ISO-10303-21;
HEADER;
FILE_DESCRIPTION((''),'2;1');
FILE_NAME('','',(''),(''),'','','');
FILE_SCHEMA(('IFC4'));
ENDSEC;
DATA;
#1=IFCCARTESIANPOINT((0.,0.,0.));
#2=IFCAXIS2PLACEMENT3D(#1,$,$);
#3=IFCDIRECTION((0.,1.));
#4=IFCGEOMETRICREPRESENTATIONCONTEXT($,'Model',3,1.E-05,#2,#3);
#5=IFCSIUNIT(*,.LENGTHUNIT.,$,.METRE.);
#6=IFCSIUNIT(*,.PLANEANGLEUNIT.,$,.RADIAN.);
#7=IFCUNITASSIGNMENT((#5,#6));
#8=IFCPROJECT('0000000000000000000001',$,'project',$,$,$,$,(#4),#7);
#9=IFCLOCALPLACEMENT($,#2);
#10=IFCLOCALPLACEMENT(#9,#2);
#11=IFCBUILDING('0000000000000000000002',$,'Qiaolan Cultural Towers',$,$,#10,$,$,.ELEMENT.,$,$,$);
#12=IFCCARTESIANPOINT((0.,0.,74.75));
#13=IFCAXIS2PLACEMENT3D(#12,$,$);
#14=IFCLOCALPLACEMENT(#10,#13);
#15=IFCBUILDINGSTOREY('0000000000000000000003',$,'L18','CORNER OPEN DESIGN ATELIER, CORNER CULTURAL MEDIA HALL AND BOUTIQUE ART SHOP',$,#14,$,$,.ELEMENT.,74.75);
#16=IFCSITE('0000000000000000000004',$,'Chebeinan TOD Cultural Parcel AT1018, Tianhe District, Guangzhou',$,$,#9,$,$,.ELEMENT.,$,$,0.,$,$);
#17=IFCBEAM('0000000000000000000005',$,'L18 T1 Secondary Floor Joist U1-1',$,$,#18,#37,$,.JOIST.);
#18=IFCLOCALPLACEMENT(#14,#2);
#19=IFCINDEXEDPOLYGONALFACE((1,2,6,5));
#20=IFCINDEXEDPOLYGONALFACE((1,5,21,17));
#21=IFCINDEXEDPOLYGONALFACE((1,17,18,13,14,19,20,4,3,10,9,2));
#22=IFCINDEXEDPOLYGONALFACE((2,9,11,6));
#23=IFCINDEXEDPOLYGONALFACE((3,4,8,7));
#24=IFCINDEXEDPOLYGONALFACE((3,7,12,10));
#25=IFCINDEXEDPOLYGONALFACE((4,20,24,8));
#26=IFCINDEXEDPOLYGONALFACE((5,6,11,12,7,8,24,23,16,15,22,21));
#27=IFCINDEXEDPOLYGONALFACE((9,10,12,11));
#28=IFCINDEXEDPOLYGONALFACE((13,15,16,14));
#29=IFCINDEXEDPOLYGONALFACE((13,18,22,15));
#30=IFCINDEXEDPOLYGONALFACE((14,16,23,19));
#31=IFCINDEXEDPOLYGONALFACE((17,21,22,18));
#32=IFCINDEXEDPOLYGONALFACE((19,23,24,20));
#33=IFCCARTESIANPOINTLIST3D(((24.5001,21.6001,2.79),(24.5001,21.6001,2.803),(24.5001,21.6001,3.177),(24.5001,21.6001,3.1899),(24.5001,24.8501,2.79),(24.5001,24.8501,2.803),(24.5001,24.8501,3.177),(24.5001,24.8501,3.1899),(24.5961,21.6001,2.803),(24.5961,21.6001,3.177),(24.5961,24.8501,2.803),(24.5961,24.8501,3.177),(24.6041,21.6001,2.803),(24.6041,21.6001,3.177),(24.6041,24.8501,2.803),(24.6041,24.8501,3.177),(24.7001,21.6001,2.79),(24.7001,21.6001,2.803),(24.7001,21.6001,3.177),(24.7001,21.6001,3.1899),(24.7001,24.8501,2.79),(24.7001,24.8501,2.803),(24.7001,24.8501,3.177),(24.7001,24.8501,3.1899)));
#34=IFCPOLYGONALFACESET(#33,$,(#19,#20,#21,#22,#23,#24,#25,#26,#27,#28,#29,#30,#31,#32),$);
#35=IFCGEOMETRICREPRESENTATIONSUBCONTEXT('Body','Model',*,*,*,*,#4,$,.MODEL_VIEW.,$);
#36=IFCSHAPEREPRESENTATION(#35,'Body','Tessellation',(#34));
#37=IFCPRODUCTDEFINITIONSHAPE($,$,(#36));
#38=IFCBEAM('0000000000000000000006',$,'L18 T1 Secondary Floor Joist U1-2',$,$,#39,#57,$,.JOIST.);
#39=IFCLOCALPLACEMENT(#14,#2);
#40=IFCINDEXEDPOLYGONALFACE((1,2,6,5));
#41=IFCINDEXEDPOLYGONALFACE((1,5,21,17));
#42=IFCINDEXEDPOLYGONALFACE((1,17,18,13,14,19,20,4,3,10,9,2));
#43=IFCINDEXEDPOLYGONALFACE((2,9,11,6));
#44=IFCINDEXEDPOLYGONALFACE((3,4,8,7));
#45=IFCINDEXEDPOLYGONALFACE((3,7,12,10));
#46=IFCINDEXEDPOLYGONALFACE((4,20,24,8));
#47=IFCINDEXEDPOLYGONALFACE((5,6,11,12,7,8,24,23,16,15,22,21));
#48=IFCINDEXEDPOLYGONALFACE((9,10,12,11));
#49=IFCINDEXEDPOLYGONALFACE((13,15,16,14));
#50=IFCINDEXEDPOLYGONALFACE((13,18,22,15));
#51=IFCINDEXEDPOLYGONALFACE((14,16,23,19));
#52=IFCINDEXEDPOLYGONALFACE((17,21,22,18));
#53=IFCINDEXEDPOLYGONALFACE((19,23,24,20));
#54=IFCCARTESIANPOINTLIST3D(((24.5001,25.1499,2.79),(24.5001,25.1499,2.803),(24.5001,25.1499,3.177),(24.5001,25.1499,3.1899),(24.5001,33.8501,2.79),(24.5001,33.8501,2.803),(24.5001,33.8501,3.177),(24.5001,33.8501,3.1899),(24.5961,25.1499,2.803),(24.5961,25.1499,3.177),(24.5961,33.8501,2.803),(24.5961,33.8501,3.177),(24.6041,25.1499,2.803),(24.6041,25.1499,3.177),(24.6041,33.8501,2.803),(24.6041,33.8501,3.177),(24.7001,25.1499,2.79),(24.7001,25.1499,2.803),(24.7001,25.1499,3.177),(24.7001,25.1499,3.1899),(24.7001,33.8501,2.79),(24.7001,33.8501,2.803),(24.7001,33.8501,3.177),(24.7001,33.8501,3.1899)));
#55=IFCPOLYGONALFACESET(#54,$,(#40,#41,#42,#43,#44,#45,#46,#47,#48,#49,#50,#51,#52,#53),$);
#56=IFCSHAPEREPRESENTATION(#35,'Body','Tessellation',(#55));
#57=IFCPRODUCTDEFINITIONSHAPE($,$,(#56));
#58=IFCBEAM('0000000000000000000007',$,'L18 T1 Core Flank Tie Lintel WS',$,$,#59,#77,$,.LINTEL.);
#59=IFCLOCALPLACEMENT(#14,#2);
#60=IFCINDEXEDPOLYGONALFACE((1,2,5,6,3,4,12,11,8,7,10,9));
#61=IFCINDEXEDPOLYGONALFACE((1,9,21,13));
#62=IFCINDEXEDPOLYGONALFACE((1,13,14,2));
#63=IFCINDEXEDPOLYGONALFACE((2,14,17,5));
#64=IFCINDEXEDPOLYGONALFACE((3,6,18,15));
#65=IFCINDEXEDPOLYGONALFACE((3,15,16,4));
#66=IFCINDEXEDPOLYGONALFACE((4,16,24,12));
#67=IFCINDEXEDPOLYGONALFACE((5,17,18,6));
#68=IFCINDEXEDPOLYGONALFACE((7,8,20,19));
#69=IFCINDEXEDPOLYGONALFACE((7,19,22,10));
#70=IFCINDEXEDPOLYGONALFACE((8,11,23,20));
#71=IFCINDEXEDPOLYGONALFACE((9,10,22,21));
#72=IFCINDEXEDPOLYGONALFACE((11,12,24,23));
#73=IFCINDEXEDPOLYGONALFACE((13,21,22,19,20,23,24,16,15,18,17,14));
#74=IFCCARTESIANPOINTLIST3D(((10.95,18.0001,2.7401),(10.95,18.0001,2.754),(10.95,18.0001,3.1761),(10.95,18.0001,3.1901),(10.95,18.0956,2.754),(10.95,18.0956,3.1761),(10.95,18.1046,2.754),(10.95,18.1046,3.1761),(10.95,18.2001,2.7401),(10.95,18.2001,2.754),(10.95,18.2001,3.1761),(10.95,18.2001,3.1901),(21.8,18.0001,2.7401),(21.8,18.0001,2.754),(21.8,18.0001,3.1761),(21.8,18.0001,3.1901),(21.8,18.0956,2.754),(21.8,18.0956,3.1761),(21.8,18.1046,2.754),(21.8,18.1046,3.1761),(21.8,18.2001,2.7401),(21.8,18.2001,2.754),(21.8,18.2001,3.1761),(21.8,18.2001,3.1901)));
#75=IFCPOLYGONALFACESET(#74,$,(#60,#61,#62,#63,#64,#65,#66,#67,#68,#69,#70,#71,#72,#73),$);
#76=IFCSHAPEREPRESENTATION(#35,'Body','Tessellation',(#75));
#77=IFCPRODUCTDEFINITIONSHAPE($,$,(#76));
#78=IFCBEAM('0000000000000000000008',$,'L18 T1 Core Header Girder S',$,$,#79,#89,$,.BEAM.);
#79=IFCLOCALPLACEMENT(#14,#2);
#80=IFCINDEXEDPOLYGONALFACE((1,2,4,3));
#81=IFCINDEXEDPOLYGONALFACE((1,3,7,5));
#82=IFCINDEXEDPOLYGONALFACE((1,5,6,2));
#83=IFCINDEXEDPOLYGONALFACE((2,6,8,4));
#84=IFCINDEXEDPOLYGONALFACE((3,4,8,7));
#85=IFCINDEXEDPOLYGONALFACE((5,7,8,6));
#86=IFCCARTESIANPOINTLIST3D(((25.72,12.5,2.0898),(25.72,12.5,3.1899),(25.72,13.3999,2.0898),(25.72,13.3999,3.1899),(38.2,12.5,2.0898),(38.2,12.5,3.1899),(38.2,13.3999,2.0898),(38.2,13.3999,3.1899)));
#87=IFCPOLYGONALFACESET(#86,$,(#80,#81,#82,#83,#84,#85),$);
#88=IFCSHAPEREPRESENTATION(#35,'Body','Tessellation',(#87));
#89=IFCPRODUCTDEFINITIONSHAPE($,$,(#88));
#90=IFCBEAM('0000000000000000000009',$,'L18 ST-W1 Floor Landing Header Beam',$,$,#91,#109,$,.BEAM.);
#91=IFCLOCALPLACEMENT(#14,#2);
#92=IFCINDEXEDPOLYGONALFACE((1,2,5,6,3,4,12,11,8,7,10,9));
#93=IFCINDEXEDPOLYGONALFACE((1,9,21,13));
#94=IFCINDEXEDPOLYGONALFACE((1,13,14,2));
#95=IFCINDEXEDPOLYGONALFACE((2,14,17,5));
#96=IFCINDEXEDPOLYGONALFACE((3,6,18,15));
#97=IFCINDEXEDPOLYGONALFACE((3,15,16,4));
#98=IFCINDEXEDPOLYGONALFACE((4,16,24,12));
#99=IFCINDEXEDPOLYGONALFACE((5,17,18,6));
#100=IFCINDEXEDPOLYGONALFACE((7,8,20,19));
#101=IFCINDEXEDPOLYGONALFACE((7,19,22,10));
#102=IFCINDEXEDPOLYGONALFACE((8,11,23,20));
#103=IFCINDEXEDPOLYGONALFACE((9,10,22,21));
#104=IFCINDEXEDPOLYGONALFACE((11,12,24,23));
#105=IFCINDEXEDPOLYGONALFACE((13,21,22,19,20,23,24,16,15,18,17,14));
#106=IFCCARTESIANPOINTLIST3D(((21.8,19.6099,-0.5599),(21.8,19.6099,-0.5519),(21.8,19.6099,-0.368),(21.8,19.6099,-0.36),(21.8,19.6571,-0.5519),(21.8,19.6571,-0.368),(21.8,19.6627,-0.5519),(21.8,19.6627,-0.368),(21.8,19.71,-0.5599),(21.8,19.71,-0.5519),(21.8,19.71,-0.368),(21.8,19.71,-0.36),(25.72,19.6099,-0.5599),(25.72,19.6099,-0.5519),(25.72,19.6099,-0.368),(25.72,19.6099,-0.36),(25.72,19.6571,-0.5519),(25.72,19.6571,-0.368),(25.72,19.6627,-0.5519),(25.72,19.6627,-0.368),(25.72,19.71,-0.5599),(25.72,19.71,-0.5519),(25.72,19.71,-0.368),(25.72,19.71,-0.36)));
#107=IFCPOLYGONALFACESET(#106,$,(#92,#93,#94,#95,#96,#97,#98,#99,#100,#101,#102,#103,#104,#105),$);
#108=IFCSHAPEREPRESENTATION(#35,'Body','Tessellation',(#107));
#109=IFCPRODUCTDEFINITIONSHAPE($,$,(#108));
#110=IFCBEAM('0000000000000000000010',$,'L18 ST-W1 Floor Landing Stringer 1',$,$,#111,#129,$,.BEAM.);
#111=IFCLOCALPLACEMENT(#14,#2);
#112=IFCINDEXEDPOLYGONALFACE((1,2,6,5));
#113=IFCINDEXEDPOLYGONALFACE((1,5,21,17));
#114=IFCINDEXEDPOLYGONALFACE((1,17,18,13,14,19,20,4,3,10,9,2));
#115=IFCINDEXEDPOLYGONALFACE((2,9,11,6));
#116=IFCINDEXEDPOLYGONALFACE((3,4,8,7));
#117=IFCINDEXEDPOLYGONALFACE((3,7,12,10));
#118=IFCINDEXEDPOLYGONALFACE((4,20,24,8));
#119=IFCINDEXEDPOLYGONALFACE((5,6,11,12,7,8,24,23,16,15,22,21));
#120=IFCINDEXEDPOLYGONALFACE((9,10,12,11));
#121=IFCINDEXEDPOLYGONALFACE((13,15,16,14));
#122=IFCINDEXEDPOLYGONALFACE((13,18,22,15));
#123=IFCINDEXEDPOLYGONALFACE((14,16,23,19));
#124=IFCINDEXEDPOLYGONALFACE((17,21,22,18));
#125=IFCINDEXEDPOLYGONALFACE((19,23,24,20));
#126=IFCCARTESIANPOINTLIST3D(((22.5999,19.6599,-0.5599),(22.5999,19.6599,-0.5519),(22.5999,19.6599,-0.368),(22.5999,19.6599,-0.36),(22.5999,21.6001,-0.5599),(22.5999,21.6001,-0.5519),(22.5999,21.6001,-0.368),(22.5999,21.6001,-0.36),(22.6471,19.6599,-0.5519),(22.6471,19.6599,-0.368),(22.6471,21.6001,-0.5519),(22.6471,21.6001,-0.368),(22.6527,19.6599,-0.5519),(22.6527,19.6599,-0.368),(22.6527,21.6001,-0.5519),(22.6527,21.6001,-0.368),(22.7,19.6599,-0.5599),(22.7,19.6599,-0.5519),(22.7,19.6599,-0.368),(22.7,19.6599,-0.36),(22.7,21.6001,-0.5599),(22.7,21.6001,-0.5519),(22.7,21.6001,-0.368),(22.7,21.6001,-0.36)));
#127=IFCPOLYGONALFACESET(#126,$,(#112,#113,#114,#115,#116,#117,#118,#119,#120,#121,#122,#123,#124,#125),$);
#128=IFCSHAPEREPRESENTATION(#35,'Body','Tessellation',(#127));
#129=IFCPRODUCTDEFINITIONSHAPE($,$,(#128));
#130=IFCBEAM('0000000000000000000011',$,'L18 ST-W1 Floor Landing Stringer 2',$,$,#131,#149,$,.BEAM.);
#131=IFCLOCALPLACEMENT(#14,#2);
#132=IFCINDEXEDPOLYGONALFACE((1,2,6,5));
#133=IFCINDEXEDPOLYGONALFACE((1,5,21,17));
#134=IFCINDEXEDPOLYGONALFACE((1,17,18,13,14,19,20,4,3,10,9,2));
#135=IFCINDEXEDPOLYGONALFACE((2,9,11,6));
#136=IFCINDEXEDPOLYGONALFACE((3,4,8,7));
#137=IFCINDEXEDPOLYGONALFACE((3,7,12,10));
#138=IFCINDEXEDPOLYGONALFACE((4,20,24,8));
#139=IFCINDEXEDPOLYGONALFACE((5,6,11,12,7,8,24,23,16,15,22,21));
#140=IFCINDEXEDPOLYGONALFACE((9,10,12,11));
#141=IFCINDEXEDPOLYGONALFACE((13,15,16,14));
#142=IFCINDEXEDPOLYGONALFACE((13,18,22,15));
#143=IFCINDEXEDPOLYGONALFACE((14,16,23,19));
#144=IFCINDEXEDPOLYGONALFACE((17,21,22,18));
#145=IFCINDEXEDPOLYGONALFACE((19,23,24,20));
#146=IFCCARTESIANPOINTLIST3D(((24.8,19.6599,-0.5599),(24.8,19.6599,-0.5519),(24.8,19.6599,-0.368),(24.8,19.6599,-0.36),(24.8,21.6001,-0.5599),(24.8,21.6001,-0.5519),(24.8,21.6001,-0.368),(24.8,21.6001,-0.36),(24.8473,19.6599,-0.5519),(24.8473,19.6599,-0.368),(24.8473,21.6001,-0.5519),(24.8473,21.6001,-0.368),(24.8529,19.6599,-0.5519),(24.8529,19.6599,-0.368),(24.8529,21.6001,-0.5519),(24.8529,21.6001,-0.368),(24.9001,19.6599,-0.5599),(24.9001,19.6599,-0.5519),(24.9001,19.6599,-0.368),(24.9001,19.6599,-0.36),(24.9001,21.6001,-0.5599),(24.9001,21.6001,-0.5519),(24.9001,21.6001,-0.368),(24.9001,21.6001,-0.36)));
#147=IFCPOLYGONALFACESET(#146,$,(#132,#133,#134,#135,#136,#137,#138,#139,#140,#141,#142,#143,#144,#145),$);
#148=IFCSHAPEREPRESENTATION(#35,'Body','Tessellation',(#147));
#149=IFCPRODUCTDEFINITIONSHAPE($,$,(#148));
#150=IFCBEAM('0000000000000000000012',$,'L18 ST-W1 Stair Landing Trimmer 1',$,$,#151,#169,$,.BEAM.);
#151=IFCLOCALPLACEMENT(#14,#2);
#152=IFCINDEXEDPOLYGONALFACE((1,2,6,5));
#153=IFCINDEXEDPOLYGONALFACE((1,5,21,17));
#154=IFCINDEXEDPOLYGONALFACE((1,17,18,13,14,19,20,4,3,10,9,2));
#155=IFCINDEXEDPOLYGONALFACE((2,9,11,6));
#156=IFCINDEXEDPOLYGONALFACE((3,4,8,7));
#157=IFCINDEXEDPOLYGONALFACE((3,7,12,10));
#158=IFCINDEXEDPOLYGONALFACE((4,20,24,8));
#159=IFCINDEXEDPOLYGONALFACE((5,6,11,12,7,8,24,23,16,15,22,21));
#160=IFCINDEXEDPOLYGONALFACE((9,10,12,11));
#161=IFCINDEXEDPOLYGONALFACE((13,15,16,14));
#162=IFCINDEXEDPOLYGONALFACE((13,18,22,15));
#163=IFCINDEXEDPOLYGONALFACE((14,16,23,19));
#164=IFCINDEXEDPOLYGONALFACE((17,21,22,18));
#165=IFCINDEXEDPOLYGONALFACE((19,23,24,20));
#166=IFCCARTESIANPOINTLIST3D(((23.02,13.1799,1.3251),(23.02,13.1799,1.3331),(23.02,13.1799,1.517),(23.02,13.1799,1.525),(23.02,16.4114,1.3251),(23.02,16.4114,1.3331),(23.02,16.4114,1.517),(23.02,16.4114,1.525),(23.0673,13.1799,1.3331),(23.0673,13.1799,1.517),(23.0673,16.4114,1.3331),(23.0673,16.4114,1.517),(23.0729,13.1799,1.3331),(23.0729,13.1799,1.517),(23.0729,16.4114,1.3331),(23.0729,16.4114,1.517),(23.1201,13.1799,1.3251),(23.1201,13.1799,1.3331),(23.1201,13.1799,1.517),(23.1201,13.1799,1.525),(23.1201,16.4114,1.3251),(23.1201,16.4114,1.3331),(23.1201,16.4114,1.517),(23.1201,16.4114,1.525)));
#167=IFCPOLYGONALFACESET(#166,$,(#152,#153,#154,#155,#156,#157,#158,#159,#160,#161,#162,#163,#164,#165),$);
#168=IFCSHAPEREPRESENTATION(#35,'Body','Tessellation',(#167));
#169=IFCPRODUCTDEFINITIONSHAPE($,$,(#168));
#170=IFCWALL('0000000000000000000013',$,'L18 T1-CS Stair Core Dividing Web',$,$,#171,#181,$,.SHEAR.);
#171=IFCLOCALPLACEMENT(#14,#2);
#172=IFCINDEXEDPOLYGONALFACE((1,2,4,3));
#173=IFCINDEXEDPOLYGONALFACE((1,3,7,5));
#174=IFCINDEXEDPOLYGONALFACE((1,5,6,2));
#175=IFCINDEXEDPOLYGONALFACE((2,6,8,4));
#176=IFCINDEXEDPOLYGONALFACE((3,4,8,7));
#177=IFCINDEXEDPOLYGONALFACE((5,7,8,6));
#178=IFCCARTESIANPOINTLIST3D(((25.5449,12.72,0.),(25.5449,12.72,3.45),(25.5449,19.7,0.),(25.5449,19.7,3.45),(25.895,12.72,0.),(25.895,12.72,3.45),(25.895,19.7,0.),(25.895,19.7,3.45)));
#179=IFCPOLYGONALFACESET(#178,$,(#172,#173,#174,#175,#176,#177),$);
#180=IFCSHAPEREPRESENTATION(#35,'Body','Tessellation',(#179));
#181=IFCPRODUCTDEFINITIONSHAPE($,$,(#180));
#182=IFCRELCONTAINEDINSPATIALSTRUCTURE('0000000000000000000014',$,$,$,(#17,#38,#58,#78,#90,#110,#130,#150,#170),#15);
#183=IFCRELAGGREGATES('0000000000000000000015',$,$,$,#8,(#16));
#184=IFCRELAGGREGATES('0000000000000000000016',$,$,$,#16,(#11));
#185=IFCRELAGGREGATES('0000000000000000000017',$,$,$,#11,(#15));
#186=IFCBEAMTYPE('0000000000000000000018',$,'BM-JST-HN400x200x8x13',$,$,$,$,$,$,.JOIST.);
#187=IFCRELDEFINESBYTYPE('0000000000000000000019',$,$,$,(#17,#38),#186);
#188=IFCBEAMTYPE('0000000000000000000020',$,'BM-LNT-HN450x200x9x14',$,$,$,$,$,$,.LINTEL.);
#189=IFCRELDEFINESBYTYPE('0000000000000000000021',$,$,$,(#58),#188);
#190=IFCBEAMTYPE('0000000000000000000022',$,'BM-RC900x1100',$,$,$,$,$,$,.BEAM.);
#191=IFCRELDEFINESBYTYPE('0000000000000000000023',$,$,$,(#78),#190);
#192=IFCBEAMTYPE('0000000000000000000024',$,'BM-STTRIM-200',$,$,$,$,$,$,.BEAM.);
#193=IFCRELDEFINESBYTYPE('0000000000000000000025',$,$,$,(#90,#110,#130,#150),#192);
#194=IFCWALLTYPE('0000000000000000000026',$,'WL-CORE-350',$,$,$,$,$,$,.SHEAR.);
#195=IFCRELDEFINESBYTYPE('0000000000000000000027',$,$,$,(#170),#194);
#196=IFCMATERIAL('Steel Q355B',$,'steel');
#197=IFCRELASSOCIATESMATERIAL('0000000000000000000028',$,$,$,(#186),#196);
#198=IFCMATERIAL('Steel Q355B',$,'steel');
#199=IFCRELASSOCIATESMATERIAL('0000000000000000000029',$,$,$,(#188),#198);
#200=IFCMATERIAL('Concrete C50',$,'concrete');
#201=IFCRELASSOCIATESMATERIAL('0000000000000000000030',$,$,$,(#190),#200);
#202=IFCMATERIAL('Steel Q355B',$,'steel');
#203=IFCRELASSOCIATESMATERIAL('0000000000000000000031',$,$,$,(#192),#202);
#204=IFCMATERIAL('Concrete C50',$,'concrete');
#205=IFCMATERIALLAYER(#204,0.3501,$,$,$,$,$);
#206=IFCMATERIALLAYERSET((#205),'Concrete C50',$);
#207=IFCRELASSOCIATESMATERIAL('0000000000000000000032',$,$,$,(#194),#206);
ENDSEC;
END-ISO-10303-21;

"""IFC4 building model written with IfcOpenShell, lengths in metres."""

from ifc_helpers import new_model, si_unit, direction, frame, frame_2d, origin, origin_2d, place, context, subcontext, project, spatial, rectangle, i_section, extrude, material, layer, layer_set, material_profile, profile_set, type_object, element, save


model = new_model("IFC4")

# Units and contexts
model_context = context("Model", 3, precision=1e-05, world=origin(), true_north=direction((0.0, 1.0)))
body_context = subcontext(model_context, "Body", "Model", "MODEL_VIEW")
ifc_project = project(units=[si_unit("LENGTHUNIT", "METRE"), si_unit("PLANEANGLEUNIT", "RADIAN")], contexts=[model_context])

# Site, building, storey
site_placement = place(None, origin())
site = spatial("IfcSite", under=ifc_project, at=site_placement, Name="Chebeinan TOD Cultural Parcel AT1018, Tianhe District, Guangzhou", CompositionType="ELEMENT", RefElevation=0.0)
building_placement = place(site_placement, origin())
building = spatial("IfcBuilding", under=site, at=building_placement, Name="Qiaolan Cultural Towers", CompositionType="ELEMENT")
storey_placement = place(building_placement, frame((0.0, 0.0, 74.75)))
storey = spatial("IfcBuildingStorey", under=building, at=storey_placement, Name="L18", Description="CORNER OPEN DESIGN ATELIER, CORNER CULTURAL MEDIA HALL AND BOUTIQUE ART SHOP", CompositionType="ELEMENT", Elevation=74.75)

# Beams
ifc_material_1 = material(Name="Steel Q355B", Category="steel")
ifc_material_profile_1 = material_profile(ifc_material_1, i_section(OverallWidth=0.2, OverallDepth=0.3999, WebThickness=0.0081, FlangeThickness=0.0129, at=origin_2d()), Name="HN400x200x8x13")
ifc_profile_set_1 = profile_set([ifc_material_profile_1], Name="Steel Q355B")
beam_type_1 = type_object("IfcBeamType", Name="BM-JST-HN400x200x8x13", PredefinedType="JOIST", material=ifc_profile_set_1)
beam_1_placement = place(storey_placement, frame((24.6001, 21.6001, 2.99), z_axis=(0.0, 1.0, 0.0), x_axis=(-1.0, 0.0, 0.0)))
element("IfcBeam", 1, at=beam_1_placement, inside=storey, type_object=beam_type_1, Name="L18 T1 Secondary Floor Joist U1-1", PredefinedType="JOIST", context=body_context, shape_type="SweptSolid", body=[
    extrude(i_section(OverallWidth=0.2, OverallDepth=0.3999, WebThickness=0.0081, FlangeThickness=0.0129, at=origin_2d()), origin(), (0.0, 0.0, 1.0), 3.25),
])
beam_2_placement = place(storey_placement, frame((24.6001, 25.1499, 2.99), z_axis=(0.0, 1.0, 0.0), x_axis=(-1.0, 0.0, 0.0)))
element("IfcBeam", 2, at=beam_2_placement, inside=storey, type_object=beam_type_1, Name="L18 T1 Secondary Floor Joist U1-2", PredefinedType="JOIST", context=body_context, shape_type="SweptSolid", body=[
    extrude(i_section(OverallWidth=0.2, OverallDepth=0.3999, WebThickness=0.0081, FlangeThickness=0.0129, at=origin_2d()), origin(), (0.0, 0.0, 1.0), 8.7002),
])
ifc_material_2 = material(Name="Steel Q355B", Category="steel")
ifc_material_profile_2 = material_profile(ifc_material_2, i_section(OverallWidth=0.2, OverallDepth=0.45, WebThickness=0.009, FlangeThickness=0.0139, at=origin_2d()), Name="HN450x200x9x14")
ifc_profile_set_2 = profile_set([ifc_material_profile_2], Name="Steel Q355B")
beam_type_2 = type_object("IfcBeamType", Name="BM-LNT-HN450x200x9x14", PredefinedType="LINTEL", material=ifc_profile_set_2)
beam_3_placement = place(storey_placement, frame((21.8, 18.1001, 2.9651), z_axis=(-1.0, 0.0, 0.0), x_axis=(0.0, -1.0, 0.0)))
element("IfcBeam", 3, at=beam_3_placement, inside=storey, type_object=beam_type_2, Name="L18 T1 Core Flank Tie Lintel WS", PredefinedType="LINTEL", context=body_context, shape_type="SweptSolid", body=[
    extrude(i_section(OverallWidth=0.2, OverallDepth=0.45, WebThickness=0.009, FlangeThickness=0.0139, at=origin_2d()), origin(), (0.0, 0.0, 1.0), 10.8501),
])
ifc_material_3 = material(Name="Concrete C50", Category="concrete")
ifc_material_profile_3 = material_profile(ifc_material_3, rectangle(XDim=0.8999, YDim=1.1001, at=origin_2d()), Name="RC900x1100")
ifc_profile_set_3 = profile_set([ifc_material_profile_3], Name="Concrete C50")
beam_type_3 = type_object("IfcBeamType", Name="BM-RC900x1100", PredefinedType="BEAM", material=ifc_profile_set_3)
beam_4_placement = place(storey_placement, frame((25.72, 12.95, 2.6399), z_axis=(1.0, 0.0, 0.0), x_axis=(0.0, 1.0, 0.0)))
element("IfcBeam", 4, at=beam_4_placement, inside=storey, type_object=beam_type_3, Name="L18 T1 Core Header Girder S", PredefinedType="BEAM", context=body_context, shape_type="SweptSolid", body=[
    extrude(rectangle(XDim=0.8999, YDim=1.1001, at=origin_2d()), origin(), (0.0, 0.0, 1.0), 12.48),
])
ifc_material_4 = material(Name="Steel Q355B", Category="steel")
ifc_material_profile_4 = material_profile(ifc_material_4, i_section(OverallWidth=0.1001, OverallDepth=0.2, WebThickness=0.0056, FlangeThickness=0.0081, at=origin_2d()), Name="HN200x100x5.5x8")
ifc_profile_set_4 = profile_set([ifc_material_profile_4], Name="Steel Q355B")
beam_type_4 = type_object("IfcBeamType", Name="BM-STTRIM-200", PredefinedType="BEAM", material=ifc_profile_set_4)
beam_5_placement = place(storey_placement, frame((21.8, 19.6599, -0.46), z_axis=(1.0, 0.0, 0.0), x_axis=(0.0, 1.0, 0.0)))
element("IfcBeam", 5, at=beam_5_placement, inside=storey, type_object=beam_type_4, Name="L18 ST-W1 Floor Landing Header Beam", PredefinedType="BEAM", context=body_context, shape_type="SweptSolid", body=[
    extrude(i_section(OverallWidth=0.1001, OverallDepth=0.2, WebThickness=0.0056, FlangeThickness=0.0081, at=origin_2d()), origin(), (0.0, 0.0, 1.0), 3.9199),
])
for number, where, z_axis, x_axis, name in (
    (6, (22.6499, 21.6001, -0.46), (0.0, -1.0, 0.0), (1.0, 0.0, 0.0), "L18 ST-W1 Floor Landing Stringer 1"),
    (7, (24.8501, 21.6001, -0.46), (0.0, -1.0, 0.0), (1.0, 0.0, 0.0), "L18 ST-W1 Floor Landing Stringer 2"),
):
    element("IfcBeam", number, at=place(storey_placement, frame(where, z_axis=z_axis, x_axis=x_axis)), inside=storey, type_object=beam_type_4, Name=name, PredefinedType="BEAM", context=body_context, shape_type="SweptSolid", body=[
        extrude(i_section(OverallWidth=0.1001, OverallDepth=0.2, WebThickness=0.0056, FlangeThickness=0.0081, at=origin_2d()), origin(), (0.0, 0.0, 1.0), 1.9402),
    ])
beam_6_placement = place(storey_placement, frame((23.0701, 16.4114, 1.425), z_axis=(0.0, -1.0, 0.0), x_axis=(1.0, 0.0, 0.0)))
element("IfcBeam", 8, at=beam_6_placement, inside=storey, type_object=beam_type_4, Name="L18 ST-W1 Stair Landing Trimmer 1", PredefinedType="BEAM", context=body_context, shape_type="SweptSolid", body=[
    extrude(i_section(OverallWidth=0.1001, OverallDepth=0.2, WebThickness=0.0056, FlangeThickness=0.0081, at=origin_2d()), origin(), (0.0, 0.0, 1.0), 3.2314),
])

# Wall
ifc_material_5 = material(Name="Concrete C50", Category="concrete")
ifc_layer_1 = layer(ifc_material_5, 0.3501)
ifc_layer_set_1 = layer_set([ifc_layer_1], Name="Concrete C50")
wall_type_1 = type_object("IfcWallType", Name="WL-CORE-350", PredefinedType="SHEAR", material=ifc_layer_set_1)
wall_1_placement = place(storey_placement, frame((25.72, 19.7, 0.0), z_axis=(0.0, 0.0, 1.0), x_axis=(0.0, -1.0, 0.0)))
element("IfcWall", 9, at=wall_1_placement, inside=storey, type_object=wall_type_1, Name="L18 T1-CS Stair Core Dividing Web", PredefinedType="SHEAR", context=body_context, shape_type="SweptSolid", body=[
    extrude(rectangle(XDim=6.98, YDim=0.3501, at=frame_2d((3.49, 0.0))), origin(), (0.0, 0.0, 1.0), 3.45),
])

save(model, "model.ifc")
